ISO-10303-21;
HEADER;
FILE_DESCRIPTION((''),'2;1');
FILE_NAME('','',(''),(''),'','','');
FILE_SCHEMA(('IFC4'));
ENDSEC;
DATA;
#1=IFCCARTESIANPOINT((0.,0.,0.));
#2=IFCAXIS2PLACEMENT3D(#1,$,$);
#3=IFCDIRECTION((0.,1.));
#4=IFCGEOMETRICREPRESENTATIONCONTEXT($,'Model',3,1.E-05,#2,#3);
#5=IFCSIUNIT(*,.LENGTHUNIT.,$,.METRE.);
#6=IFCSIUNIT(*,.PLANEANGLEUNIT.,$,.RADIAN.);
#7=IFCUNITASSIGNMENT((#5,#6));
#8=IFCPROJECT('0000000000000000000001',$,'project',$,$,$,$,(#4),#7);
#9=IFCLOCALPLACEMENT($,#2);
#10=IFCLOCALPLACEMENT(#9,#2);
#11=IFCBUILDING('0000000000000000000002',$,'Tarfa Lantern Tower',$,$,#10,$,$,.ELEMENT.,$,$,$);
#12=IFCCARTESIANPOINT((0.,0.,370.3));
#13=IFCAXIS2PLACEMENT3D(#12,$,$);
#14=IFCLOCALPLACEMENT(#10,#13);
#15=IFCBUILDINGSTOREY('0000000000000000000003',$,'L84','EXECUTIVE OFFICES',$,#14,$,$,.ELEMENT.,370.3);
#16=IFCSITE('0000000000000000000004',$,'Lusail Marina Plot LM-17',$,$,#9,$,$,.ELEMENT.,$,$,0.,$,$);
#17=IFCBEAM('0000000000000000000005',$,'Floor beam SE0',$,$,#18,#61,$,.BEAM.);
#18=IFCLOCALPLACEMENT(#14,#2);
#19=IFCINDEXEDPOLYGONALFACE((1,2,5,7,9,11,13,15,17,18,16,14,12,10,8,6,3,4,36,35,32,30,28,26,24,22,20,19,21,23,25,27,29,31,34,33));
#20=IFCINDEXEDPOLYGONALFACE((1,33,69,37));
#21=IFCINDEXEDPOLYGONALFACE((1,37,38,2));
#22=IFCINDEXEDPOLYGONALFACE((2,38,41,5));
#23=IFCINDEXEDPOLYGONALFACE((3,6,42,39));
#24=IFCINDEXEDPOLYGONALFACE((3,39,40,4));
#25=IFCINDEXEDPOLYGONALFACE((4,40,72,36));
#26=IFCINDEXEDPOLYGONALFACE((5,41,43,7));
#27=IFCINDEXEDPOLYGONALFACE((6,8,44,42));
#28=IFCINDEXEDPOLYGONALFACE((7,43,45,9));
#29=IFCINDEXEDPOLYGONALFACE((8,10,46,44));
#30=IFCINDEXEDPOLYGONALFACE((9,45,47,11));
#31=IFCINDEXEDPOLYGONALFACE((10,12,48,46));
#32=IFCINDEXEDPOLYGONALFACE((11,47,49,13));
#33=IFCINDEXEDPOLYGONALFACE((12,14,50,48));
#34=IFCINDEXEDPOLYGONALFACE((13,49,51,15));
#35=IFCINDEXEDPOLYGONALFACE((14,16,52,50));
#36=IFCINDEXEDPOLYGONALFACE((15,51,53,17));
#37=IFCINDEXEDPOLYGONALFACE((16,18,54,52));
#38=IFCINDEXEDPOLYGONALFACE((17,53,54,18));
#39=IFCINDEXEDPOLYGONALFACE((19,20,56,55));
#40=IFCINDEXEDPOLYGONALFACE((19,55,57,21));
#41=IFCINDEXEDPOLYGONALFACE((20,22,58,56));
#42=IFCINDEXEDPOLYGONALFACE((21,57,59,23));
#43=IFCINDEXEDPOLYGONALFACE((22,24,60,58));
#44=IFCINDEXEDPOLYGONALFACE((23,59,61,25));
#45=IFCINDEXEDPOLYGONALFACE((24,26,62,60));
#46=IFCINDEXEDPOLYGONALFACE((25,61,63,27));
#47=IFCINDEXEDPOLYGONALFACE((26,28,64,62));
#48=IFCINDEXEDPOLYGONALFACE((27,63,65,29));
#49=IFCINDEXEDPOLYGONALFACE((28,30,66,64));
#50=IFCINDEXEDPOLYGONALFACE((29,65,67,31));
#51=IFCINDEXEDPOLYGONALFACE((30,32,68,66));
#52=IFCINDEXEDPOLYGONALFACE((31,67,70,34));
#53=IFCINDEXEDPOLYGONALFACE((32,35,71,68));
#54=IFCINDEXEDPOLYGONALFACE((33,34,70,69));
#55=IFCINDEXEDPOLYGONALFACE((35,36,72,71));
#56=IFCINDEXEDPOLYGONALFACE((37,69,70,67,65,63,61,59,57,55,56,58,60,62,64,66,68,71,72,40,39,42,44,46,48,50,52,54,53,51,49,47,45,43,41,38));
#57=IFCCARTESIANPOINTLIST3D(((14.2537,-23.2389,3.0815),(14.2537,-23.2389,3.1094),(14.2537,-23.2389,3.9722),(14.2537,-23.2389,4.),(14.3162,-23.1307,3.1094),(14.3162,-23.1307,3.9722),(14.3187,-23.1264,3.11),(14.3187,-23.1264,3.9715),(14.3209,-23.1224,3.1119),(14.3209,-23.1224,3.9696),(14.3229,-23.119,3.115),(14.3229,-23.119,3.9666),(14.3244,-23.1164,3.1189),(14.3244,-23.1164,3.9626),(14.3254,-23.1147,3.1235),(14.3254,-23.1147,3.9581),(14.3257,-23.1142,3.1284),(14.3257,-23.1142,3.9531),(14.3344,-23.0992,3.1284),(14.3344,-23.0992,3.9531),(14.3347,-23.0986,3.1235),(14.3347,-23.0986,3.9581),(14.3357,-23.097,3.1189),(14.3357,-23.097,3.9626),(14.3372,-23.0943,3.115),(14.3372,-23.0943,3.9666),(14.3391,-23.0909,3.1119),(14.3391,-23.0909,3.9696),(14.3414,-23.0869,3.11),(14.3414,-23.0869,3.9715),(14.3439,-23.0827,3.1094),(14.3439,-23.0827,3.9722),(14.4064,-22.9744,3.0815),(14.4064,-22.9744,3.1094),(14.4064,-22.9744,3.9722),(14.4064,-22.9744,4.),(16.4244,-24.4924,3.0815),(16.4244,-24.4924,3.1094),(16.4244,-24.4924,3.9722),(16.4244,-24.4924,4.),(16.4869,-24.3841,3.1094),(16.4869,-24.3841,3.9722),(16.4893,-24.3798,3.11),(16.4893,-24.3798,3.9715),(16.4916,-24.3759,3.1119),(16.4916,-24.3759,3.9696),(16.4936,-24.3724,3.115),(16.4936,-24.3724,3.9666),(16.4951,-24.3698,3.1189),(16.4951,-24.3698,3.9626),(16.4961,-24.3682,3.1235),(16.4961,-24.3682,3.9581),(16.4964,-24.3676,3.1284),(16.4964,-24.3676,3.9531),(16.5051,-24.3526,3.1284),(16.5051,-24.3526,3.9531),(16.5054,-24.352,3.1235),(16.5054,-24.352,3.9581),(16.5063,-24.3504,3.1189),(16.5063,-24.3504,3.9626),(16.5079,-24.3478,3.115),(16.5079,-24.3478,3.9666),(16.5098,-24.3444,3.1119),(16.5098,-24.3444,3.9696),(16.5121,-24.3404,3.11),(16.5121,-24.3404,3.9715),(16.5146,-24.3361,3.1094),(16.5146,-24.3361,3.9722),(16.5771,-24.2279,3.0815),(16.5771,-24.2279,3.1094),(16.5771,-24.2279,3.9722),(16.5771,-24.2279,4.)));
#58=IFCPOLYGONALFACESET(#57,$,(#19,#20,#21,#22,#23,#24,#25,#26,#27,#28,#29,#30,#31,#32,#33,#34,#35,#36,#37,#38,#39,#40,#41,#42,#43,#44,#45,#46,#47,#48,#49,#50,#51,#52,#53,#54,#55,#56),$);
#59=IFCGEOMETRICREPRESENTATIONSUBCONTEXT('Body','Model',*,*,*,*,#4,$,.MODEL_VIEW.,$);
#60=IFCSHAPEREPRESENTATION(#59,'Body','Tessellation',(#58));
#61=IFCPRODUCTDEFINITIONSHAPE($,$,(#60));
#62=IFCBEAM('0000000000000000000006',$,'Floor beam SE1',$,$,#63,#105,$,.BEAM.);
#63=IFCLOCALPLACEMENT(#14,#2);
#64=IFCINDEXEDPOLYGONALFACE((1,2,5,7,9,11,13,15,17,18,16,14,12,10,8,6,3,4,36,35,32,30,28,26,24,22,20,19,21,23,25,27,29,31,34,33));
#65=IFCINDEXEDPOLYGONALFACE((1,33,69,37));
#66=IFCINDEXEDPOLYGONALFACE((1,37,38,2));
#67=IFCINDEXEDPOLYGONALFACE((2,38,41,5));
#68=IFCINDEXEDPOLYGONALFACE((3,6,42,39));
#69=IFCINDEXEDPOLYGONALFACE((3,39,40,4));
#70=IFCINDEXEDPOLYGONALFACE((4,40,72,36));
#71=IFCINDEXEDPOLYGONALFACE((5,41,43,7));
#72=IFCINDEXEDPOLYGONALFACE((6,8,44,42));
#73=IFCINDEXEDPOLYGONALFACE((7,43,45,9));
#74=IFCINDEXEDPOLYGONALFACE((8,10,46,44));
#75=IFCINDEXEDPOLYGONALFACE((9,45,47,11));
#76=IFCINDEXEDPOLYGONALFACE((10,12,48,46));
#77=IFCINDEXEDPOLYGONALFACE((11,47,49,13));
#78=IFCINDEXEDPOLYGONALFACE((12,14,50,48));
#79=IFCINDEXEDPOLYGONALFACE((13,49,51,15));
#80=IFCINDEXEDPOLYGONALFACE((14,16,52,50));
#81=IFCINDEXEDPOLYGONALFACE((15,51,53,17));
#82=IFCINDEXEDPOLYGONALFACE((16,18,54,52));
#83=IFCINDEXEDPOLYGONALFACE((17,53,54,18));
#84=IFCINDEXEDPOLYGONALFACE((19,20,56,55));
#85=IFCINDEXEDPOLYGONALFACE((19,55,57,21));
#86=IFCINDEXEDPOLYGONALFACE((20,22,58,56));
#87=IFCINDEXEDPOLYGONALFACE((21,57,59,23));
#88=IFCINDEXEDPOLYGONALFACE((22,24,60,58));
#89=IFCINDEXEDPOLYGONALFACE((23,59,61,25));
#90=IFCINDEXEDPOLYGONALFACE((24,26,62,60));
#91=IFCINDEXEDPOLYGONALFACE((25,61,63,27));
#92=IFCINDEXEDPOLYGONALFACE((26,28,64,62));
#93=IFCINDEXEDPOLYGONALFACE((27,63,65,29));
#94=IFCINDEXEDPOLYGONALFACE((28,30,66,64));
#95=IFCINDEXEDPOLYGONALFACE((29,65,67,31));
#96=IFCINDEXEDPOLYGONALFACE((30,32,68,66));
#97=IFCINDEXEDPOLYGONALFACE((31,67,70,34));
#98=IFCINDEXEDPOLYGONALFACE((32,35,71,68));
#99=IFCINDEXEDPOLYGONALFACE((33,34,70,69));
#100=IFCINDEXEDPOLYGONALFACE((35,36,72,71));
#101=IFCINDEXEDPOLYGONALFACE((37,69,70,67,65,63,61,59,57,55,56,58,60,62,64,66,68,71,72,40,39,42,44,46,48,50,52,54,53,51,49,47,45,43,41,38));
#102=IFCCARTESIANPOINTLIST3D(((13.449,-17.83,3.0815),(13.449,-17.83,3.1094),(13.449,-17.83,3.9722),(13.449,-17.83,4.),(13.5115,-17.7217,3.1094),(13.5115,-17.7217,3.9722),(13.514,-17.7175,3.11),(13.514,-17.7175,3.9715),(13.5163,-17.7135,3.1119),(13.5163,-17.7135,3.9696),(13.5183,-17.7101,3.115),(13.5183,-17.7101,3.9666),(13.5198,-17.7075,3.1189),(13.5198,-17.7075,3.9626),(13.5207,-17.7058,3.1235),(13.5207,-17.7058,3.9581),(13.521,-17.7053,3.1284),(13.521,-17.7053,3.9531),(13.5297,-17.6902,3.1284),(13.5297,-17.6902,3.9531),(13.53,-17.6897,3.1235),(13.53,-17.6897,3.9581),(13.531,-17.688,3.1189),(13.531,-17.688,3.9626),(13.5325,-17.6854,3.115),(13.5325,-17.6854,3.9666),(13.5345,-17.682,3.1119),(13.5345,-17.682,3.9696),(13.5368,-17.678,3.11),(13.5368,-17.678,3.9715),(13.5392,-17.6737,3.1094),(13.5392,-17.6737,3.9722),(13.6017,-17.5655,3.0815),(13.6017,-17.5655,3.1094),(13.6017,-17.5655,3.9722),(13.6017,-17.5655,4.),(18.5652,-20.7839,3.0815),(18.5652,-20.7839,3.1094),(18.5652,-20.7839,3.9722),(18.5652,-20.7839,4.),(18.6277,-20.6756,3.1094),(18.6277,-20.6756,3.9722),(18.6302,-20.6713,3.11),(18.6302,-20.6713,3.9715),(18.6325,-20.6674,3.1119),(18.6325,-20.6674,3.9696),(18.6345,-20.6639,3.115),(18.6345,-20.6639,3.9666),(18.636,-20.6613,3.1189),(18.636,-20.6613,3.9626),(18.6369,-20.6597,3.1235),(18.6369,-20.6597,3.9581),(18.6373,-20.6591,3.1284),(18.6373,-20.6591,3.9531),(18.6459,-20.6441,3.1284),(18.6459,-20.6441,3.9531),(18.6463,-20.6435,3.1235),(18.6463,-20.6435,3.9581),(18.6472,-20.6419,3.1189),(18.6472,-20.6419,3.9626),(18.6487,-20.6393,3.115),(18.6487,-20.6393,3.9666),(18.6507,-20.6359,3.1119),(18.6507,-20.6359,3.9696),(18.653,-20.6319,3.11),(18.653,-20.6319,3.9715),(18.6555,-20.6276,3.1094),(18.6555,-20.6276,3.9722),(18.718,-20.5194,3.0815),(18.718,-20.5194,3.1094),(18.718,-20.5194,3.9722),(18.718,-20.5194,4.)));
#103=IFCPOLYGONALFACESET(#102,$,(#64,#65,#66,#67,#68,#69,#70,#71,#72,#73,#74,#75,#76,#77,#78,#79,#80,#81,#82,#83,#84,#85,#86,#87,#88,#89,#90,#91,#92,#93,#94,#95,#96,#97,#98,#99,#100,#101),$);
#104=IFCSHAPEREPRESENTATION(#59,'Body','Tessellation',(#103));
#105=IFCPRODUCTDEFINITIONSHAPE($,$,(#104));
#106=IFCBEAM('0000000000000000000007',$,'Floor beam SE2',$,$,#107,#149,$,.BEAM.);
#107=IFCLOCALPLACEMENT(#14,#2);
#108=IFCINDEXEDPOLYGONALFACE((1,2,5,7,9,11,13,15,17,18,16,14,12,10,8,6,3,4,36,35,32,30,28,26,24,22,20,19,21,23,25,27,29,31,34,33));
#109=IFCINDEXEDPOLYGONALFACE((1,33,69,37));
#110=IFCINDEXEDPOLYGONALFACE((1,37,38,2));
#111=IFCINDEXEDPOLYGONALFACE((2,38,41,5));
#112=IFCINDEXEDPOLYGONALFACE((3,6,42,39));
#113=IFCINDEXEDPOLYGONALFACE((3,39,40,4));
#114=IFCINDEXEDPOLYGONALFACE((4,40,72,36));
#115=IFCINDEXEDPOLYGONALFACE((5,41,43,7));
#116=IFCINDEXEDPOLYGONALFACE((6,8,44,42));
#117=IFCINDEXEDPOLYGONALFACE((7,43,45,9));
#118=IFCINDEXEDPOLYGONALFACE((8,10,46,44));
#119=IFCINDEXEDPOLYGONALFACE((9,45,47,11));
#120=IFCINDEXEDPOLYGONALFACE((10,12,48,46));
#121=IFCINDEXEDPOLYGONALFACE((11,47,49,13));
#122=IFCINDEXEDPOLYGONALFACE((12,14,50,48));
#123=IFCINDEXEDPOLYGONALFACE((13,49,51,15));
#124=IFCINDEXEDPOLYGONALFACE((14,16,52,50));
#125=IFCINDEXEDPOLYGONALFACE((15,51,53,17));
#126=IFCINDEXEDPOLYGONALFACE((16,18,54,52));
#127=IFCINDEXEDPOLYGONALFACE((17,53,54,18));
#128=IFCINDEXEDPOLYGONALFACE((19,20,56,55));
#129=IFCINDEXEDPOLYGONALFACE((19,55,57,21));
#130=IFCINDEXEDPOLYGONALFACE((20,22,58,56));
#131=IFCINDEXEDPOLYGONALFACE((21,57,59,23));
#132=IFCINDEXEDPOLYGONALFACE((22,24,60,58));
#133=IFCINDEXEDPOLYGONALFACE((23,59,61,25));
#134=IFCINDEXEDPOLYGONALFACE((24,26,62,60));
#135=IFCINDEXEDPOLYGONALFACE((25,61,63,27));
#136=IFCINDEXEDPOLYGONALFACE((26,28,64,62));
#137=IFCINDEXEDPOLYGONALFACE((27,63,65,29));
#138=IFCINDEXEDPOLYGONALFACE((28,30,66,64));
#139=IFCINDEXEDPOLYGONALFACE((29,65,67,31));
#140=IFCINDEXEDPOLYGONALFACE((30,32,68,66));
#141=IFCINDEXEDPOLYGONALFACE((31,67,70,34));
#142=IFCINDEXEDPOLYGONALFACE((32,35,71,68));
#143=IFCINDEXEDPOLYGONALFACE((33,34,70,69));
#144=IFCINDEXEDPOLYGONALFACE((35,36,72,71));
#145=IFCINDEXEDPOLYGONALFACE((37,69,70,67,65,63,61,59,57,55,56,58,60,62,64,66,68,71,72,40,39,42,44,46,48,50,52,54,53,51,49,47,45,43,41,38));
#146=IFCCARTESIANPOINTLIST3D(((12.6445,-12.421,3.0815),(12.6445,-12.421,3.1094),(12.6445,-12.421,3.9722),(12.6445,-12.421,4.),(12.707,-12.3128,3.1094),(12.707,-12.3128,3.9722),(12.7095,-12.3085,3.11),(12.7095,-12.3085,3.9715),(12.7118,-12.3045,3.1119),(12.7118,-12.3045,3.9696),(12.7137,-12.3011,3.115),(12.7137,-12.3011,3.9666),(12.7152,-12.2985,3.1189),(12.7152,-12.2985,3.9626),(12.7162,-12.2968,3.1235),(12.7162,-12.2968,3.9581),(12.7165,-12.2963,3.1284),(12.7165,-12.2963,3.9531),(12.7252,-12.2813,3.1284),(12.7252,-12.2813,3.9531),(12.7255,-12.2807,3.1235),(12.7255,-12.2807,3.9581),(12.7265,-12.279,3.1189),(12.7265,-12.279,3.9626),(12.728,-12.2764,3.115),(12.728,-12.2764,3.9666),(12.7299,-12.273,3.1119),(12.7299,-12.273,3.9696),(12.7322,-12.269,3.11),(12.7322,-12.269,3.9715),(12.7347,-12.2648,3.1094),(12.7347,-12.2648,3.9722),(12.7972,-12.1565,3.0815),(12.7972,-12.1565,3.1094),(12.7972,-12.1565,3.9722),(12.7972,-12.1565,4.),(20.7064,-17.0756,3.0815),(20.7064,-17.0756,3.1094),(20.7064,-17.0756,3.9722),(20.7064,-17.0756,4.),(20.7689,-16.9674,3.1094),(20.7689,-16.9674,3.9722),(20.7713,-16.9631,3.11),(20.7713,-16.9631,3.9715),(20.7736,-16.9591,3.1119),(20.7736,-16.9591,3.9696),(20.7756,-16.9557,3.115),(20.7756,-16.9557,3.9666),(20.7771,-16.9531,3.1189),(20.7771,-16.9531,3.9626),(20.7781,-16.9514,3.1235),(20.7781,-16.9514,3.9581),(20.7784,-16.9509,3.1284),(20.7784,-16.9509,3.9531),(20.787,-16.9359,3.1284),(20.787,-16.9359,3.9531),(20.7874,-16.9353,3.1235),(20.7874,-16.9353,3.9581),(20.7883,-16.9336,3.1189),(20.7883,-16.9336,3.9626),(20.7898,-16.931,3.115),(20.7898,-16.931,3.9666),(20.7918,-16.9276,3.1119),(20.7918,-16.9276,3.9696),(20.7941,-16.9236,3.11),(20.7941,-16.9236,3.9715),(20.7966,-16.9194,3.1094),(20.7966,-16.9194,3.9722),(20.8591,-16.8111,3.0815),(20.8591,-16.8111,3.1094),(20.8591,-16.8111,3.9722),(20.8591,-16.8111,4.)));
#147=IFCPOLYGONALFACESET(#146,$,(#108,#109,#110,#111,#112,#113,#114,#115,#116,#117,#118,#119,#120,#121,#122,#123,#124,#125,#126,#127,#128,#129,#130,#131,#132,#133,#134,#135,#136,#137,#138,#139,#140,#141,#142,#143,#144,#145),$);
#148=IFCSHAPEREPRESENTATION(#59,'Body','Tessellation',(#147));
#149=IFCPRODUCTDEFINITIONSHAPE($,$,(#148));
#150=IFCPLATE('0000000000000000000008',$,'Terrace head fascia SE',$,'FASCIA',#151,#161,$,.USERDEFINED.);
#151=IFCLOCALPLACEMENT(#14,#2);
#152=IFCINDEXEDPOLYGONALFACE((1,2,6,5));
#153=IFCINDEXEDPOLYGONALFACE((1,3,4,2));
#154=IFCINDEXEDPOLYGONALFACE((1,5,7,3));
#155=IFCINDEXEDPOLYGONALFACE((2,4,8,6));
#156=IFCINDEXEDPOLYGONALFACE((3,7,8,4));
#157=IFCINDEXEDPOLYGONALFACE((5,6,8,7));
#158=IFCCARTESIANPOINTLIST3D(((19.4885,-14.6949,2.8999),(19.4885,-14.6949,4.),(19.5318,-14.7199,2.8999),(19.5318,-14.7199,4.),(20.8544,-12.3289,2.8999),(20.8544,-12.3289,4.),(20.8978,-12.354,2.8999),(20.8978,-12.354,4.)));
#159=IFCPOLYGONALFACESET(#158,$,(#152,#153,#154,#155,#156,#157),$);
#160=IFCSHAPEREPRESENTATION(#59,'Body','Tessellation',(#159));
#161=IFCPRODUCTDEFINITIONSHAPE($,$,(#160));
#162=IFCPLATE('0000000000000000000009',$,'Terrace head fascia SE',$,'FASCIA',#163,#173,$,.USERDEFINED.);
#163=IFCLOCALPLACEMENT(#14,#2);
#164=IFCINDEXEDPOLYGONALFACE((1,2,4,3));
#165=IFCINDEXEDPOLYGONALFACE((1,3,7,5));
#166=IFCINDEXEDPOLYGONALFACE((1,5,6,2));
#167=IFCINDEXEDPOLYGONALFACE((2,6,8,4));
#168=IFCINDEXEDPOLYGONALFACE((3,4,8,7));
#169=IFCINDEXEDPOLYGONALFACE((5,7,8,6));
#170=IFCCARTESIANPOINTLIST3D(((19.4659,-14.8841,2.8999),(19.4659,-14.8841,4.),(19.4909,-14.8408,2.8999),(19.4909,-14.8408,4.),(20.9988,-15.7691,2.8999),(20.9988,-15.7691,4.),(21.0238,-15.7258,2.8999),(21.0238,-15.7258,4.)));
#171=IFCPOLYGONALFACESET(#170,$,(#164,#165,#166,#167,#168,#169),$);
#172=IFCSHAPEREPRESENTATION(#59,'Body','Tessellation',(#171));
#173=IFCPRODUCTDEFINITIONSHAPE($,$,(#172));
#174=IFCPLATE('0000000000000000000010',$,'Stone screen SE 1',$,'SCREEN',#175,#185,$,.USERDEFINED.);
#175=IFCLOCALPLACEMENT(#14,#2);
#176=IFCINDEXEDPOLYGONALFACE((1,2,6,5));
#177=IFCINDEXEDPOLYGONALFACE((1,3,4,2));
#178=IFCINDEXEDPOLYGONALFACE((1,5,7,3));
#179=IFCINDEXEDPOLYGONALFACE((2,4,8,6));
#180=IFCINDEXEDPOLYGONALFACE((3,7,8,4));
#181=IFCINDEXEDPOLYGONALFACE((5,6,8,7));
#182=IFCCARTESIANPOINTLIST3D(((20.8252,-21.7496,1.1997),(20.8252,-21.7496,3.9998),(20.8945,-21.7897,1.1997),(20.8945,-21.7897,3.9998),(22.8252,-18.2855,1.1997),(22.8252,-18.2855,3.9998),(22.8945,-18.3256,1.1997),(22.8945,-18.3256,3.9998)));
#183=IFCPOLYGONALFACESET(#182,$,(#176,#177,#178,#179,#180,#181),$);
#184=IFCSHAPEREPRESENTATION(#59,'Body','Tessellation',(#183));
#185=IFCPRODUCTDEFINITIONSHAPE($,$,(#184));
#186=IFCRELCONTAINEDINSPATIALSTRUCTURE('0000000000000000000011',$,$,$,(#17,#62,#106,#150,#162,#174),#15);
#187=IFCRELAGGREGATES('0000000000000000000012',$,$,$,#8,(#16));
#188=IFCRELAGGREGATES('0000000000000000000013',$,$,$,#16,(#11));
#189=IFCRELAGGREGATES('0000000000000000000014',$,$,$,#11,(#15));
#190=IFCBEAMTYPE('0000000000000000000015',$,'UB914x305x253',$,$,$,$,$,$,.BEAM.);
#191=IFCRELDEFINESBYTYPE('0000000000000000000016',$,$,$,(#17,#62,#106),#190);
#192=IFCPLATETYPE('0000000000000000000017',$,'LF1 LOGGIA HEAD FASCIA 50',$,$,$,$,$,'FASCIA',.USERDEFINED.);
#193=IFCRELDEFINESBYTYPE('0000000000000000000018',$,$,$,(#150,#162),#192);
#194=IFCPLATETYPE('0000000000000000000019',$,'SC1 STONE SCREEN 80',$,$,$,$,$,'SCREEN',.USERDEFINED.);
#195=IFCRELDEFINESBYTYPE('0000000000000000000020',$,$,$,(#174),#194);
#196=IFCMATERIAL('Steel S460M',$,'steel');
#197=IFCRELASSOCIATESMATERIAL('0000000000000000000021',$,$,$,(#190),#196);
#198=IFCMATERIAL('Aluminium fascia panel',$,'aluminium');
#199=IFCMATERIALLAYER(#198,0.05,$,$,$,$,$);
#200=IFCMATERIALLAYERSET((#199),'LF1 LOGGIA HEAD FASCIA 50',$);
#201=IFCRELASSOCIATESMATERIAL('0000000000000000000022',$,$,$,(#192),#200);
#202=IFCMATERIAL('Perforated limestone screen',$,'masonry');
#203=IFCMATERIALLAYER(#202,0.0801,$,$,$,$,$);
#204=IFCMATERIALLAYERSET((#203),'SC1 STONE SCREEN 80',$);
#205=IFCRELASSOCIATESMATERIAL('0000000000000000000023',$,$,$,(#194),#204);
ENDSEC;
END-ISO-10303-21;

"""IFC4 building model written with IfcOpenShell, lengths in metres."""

from ifc_helpers import new_model, si_unit, direction, frame, origin, origin_2d, place, context, subcontext, project, spatial, rectangle, i_section, extrude, material, layer, layer_set, material_profile, profile_set, type_object, element, save


model = new_model("IFC4")

# Units and contexts
model_context = context("Model", 3, precision=1e-05, world=origin(), true_north=direction((0.0, 1.0)))
body_context = subcontext(model_context, "Body", "Model", "MODEL_VIEW")
ifc_project = project(units=[si_unit("LENGTHUNIT", "METRE"), si_unit("PLANEANGLEUNIT", "RADIAN")], contexts=[model_context])

# Site, building, storey
site_placement = place(None, origin())
site = spatial("IfcSite", under=ifc_project, at=site_placement, Name="Lusail Marina Plot LM-17", CompositionType="ELEMENT", RefElevation=0.0)
building_placement = place(site_placement, origin())
building = spatial("IfcBuilding", under=site, at=building_placement, Name="Tarfa Lantern Tower", CompositionType="ELEMENT")
storey_placement = place(building_placement, frame((0.0, 0.0, 370.3)))
storey = spatial("IfcBuildingStorey", under=building, at=storey_placement, Name="L84", Description="EXECUTIVE OFFICES", CompositionType="ELEMENT", Elevation=370.3)

# Beams
ifc_material_1 = material(Name="Steel S460M", Category="steel")
ifc_material_profile_1 = material_profile(ifc_material_1, i_section(OverallWidth=0.3054, OverallDepth=0.9185, WebThickness=0.0173, FlangeThickness=0.0278, FilletRadius=0.019, at=origin_2d()), Name="UB914x305x253")
ifc_profile_set_1 = profile_set([ifc_material_profile_1], Name="Steel S460M")
beam_type_1 = type_object("IfcBeamType", Name="UB914x305x253", PredefinedType="BEAM", material=ifc_profile_set_1)
beam_1_placement = place(storey_placement, frame((16.5007, -24.3601, 3.5408), z_axis=(-0.865993, 0.500057, 0.0), x_axis=(-0.500057, -0.865993, 0.0)))
element("IfcBeam", 1, at=beam_1_placement, inside=storey, type_object=beam_type_1, Name="Floor beam SE0", PredefinedType="BEAM", context=body_context, shape_type="SweptSolid", body=[
    extrude(i_section(OverallWidth=0.3054, OverallDepth=0.9185, WebThickness=0.0173, FlangeThickness=0.0278, FilletRadius=0.019, at=origin_2d()), origin(), (0.0, 0.0, 1.0), 2.5066),
])
beam_2_placement = place(storey_placement, frame((18.6416, -20.6516, 3.5408), z_axis=(-0.866025, 0.500001, 0.0), x_axis=(-0.500001, -0.866025, 0.0)))
element("IfcBeam", 2, at=beam_2_placement, inside=storey, type_object=beam_type_1, Name="Floor beam SE1", PredefinedType="BEAM", context=body_context, shape_type="SweptSolid", body=[
    extrude(i_section(OverallWidth=0.3054, OverallDepth=0.9185, WebThickness=0.0173, FlangeThickness=0.0278, FilletRadius=0.019, at=origin_2d()), origin(), (0.0, 0.0, 1.0), 5.9077),
])
beam_3_placement = place(storey_placement, frame((20.7827, -16.9434, 3.5408), z_axis=(-0.866022, 0.500006, 0.0), x_axis=(-0.500006, -0.866022, 0.0)))
element("IfcBeam", 3, at=beam_3_placement, inside=storey, type_object=beam_type_1, Name="Floor beam SE2", PredefinedType="BEAM", context=body_context, shape_type="SweptSolid", body=[
    extrude(i_section(OverallWidth=0.3054, OverallDepth=0.9185, WebThickness=0.0173, FlangeThickness=0.0278, FilletRadius=0.019, at=origin_2d()), origin(), (0.0, 0.0, 1.0), 9.3091),
])

# Plates
ifc_material_2 = material(Name="Aluminium fascia panel", Category="aluminium")
ifc_layer_1 = layer(ifc_material_2, 0.05)
ifc_layer_set_1 = layer_set([ifc_layer_1], Name="LF1 LOGGIA HEAD FASCIA 50")
plate_type_1 = type_object("IfcPlateType", Name="LF1 LOGGIA HEAD FASCIA 50", ElementType="FASCIA", PredefinedType="USERDEFINED", material=ifc_layer_set_1)
plate_1_placement = place(storey_placement, frame((20.1931, -13.5244, 2.8999), z_axis=(0.0, 0.0, 1.0), x_axis=(0.5, 0.866025, 0.0)))
element("IfcPlate", 4, at=plate_1_placement, inside=storey, type_object=plate_type_1, Name="Terrace head fascia SE", ObjectType="FASCIA", PredefinedType="USERDEFINED", context=body_context, shape_type="SweptSolid", body=[
    extrude(rectangle(XDim=2.7319, YDim=0.05, at=origin_2d()), origin(), (0.0, 0.0, 1.0), 1.1001),
])
plate_2_placement = place(storey_placement, frame((20.2449, -15.3049, 2.8999), z_axis=(0.0, 0.0, 1.0), x_axis=(-0.866025, 0.5, 0.0)))
element("IfcPlate", 5, at=plate_2_placement, inside=storey, type_object=plate_type_1, Name="Terrace head fascia SE", ObjectType="FASCIA", PredefinedType="USERDEFINED", context=body_context, shape_type="SweptSolid", body=[
    extrude(rectangle(XDim=1.77, YDim=0.05, at=origin_2d()), origin(), (0.0, 0.0, 1.0), 1.1001),
])
ifc_material_3 = material(Name="Perforated limestone screen", Category="masonry")
ifc_layer_2 = layer(ifc_material_3, 0.0801)
ifc_layer_set_2 = layer_set([ifc_layer_2], Name="SC1 STONE SCREEN 80")
plate_type_2 = type_object("IfcPlateType", Name="SC1 STONE SCREEN 80", ElementType="SCREEN", PredefinedType="USERDEFINED", material=ifc_layer_set_2)
plate_3_placement = place(storey_placement, frame((21.8599, -20.0376, 1.1997), z_axis=(0.0, 0.0, 1.0), x_axis=(0.5, 0.866025, 0.0)))
element("IfcPlate", 6, at=plate_3_placement, inside=storey, type_object=plate_type_2, Name="Stone screen SE 1", ObjectType="SCREEN", PredefinedType="USERDEFINED", context=body_context, shape_type="SweptSolid", body=[
    extrude(rectangle(XDim=4.0, YDim=0.0801, at=origin_2d()), origin(), (0.0, 0.0, 1.0), 2.8),
])

save(model, "model.ifc")
